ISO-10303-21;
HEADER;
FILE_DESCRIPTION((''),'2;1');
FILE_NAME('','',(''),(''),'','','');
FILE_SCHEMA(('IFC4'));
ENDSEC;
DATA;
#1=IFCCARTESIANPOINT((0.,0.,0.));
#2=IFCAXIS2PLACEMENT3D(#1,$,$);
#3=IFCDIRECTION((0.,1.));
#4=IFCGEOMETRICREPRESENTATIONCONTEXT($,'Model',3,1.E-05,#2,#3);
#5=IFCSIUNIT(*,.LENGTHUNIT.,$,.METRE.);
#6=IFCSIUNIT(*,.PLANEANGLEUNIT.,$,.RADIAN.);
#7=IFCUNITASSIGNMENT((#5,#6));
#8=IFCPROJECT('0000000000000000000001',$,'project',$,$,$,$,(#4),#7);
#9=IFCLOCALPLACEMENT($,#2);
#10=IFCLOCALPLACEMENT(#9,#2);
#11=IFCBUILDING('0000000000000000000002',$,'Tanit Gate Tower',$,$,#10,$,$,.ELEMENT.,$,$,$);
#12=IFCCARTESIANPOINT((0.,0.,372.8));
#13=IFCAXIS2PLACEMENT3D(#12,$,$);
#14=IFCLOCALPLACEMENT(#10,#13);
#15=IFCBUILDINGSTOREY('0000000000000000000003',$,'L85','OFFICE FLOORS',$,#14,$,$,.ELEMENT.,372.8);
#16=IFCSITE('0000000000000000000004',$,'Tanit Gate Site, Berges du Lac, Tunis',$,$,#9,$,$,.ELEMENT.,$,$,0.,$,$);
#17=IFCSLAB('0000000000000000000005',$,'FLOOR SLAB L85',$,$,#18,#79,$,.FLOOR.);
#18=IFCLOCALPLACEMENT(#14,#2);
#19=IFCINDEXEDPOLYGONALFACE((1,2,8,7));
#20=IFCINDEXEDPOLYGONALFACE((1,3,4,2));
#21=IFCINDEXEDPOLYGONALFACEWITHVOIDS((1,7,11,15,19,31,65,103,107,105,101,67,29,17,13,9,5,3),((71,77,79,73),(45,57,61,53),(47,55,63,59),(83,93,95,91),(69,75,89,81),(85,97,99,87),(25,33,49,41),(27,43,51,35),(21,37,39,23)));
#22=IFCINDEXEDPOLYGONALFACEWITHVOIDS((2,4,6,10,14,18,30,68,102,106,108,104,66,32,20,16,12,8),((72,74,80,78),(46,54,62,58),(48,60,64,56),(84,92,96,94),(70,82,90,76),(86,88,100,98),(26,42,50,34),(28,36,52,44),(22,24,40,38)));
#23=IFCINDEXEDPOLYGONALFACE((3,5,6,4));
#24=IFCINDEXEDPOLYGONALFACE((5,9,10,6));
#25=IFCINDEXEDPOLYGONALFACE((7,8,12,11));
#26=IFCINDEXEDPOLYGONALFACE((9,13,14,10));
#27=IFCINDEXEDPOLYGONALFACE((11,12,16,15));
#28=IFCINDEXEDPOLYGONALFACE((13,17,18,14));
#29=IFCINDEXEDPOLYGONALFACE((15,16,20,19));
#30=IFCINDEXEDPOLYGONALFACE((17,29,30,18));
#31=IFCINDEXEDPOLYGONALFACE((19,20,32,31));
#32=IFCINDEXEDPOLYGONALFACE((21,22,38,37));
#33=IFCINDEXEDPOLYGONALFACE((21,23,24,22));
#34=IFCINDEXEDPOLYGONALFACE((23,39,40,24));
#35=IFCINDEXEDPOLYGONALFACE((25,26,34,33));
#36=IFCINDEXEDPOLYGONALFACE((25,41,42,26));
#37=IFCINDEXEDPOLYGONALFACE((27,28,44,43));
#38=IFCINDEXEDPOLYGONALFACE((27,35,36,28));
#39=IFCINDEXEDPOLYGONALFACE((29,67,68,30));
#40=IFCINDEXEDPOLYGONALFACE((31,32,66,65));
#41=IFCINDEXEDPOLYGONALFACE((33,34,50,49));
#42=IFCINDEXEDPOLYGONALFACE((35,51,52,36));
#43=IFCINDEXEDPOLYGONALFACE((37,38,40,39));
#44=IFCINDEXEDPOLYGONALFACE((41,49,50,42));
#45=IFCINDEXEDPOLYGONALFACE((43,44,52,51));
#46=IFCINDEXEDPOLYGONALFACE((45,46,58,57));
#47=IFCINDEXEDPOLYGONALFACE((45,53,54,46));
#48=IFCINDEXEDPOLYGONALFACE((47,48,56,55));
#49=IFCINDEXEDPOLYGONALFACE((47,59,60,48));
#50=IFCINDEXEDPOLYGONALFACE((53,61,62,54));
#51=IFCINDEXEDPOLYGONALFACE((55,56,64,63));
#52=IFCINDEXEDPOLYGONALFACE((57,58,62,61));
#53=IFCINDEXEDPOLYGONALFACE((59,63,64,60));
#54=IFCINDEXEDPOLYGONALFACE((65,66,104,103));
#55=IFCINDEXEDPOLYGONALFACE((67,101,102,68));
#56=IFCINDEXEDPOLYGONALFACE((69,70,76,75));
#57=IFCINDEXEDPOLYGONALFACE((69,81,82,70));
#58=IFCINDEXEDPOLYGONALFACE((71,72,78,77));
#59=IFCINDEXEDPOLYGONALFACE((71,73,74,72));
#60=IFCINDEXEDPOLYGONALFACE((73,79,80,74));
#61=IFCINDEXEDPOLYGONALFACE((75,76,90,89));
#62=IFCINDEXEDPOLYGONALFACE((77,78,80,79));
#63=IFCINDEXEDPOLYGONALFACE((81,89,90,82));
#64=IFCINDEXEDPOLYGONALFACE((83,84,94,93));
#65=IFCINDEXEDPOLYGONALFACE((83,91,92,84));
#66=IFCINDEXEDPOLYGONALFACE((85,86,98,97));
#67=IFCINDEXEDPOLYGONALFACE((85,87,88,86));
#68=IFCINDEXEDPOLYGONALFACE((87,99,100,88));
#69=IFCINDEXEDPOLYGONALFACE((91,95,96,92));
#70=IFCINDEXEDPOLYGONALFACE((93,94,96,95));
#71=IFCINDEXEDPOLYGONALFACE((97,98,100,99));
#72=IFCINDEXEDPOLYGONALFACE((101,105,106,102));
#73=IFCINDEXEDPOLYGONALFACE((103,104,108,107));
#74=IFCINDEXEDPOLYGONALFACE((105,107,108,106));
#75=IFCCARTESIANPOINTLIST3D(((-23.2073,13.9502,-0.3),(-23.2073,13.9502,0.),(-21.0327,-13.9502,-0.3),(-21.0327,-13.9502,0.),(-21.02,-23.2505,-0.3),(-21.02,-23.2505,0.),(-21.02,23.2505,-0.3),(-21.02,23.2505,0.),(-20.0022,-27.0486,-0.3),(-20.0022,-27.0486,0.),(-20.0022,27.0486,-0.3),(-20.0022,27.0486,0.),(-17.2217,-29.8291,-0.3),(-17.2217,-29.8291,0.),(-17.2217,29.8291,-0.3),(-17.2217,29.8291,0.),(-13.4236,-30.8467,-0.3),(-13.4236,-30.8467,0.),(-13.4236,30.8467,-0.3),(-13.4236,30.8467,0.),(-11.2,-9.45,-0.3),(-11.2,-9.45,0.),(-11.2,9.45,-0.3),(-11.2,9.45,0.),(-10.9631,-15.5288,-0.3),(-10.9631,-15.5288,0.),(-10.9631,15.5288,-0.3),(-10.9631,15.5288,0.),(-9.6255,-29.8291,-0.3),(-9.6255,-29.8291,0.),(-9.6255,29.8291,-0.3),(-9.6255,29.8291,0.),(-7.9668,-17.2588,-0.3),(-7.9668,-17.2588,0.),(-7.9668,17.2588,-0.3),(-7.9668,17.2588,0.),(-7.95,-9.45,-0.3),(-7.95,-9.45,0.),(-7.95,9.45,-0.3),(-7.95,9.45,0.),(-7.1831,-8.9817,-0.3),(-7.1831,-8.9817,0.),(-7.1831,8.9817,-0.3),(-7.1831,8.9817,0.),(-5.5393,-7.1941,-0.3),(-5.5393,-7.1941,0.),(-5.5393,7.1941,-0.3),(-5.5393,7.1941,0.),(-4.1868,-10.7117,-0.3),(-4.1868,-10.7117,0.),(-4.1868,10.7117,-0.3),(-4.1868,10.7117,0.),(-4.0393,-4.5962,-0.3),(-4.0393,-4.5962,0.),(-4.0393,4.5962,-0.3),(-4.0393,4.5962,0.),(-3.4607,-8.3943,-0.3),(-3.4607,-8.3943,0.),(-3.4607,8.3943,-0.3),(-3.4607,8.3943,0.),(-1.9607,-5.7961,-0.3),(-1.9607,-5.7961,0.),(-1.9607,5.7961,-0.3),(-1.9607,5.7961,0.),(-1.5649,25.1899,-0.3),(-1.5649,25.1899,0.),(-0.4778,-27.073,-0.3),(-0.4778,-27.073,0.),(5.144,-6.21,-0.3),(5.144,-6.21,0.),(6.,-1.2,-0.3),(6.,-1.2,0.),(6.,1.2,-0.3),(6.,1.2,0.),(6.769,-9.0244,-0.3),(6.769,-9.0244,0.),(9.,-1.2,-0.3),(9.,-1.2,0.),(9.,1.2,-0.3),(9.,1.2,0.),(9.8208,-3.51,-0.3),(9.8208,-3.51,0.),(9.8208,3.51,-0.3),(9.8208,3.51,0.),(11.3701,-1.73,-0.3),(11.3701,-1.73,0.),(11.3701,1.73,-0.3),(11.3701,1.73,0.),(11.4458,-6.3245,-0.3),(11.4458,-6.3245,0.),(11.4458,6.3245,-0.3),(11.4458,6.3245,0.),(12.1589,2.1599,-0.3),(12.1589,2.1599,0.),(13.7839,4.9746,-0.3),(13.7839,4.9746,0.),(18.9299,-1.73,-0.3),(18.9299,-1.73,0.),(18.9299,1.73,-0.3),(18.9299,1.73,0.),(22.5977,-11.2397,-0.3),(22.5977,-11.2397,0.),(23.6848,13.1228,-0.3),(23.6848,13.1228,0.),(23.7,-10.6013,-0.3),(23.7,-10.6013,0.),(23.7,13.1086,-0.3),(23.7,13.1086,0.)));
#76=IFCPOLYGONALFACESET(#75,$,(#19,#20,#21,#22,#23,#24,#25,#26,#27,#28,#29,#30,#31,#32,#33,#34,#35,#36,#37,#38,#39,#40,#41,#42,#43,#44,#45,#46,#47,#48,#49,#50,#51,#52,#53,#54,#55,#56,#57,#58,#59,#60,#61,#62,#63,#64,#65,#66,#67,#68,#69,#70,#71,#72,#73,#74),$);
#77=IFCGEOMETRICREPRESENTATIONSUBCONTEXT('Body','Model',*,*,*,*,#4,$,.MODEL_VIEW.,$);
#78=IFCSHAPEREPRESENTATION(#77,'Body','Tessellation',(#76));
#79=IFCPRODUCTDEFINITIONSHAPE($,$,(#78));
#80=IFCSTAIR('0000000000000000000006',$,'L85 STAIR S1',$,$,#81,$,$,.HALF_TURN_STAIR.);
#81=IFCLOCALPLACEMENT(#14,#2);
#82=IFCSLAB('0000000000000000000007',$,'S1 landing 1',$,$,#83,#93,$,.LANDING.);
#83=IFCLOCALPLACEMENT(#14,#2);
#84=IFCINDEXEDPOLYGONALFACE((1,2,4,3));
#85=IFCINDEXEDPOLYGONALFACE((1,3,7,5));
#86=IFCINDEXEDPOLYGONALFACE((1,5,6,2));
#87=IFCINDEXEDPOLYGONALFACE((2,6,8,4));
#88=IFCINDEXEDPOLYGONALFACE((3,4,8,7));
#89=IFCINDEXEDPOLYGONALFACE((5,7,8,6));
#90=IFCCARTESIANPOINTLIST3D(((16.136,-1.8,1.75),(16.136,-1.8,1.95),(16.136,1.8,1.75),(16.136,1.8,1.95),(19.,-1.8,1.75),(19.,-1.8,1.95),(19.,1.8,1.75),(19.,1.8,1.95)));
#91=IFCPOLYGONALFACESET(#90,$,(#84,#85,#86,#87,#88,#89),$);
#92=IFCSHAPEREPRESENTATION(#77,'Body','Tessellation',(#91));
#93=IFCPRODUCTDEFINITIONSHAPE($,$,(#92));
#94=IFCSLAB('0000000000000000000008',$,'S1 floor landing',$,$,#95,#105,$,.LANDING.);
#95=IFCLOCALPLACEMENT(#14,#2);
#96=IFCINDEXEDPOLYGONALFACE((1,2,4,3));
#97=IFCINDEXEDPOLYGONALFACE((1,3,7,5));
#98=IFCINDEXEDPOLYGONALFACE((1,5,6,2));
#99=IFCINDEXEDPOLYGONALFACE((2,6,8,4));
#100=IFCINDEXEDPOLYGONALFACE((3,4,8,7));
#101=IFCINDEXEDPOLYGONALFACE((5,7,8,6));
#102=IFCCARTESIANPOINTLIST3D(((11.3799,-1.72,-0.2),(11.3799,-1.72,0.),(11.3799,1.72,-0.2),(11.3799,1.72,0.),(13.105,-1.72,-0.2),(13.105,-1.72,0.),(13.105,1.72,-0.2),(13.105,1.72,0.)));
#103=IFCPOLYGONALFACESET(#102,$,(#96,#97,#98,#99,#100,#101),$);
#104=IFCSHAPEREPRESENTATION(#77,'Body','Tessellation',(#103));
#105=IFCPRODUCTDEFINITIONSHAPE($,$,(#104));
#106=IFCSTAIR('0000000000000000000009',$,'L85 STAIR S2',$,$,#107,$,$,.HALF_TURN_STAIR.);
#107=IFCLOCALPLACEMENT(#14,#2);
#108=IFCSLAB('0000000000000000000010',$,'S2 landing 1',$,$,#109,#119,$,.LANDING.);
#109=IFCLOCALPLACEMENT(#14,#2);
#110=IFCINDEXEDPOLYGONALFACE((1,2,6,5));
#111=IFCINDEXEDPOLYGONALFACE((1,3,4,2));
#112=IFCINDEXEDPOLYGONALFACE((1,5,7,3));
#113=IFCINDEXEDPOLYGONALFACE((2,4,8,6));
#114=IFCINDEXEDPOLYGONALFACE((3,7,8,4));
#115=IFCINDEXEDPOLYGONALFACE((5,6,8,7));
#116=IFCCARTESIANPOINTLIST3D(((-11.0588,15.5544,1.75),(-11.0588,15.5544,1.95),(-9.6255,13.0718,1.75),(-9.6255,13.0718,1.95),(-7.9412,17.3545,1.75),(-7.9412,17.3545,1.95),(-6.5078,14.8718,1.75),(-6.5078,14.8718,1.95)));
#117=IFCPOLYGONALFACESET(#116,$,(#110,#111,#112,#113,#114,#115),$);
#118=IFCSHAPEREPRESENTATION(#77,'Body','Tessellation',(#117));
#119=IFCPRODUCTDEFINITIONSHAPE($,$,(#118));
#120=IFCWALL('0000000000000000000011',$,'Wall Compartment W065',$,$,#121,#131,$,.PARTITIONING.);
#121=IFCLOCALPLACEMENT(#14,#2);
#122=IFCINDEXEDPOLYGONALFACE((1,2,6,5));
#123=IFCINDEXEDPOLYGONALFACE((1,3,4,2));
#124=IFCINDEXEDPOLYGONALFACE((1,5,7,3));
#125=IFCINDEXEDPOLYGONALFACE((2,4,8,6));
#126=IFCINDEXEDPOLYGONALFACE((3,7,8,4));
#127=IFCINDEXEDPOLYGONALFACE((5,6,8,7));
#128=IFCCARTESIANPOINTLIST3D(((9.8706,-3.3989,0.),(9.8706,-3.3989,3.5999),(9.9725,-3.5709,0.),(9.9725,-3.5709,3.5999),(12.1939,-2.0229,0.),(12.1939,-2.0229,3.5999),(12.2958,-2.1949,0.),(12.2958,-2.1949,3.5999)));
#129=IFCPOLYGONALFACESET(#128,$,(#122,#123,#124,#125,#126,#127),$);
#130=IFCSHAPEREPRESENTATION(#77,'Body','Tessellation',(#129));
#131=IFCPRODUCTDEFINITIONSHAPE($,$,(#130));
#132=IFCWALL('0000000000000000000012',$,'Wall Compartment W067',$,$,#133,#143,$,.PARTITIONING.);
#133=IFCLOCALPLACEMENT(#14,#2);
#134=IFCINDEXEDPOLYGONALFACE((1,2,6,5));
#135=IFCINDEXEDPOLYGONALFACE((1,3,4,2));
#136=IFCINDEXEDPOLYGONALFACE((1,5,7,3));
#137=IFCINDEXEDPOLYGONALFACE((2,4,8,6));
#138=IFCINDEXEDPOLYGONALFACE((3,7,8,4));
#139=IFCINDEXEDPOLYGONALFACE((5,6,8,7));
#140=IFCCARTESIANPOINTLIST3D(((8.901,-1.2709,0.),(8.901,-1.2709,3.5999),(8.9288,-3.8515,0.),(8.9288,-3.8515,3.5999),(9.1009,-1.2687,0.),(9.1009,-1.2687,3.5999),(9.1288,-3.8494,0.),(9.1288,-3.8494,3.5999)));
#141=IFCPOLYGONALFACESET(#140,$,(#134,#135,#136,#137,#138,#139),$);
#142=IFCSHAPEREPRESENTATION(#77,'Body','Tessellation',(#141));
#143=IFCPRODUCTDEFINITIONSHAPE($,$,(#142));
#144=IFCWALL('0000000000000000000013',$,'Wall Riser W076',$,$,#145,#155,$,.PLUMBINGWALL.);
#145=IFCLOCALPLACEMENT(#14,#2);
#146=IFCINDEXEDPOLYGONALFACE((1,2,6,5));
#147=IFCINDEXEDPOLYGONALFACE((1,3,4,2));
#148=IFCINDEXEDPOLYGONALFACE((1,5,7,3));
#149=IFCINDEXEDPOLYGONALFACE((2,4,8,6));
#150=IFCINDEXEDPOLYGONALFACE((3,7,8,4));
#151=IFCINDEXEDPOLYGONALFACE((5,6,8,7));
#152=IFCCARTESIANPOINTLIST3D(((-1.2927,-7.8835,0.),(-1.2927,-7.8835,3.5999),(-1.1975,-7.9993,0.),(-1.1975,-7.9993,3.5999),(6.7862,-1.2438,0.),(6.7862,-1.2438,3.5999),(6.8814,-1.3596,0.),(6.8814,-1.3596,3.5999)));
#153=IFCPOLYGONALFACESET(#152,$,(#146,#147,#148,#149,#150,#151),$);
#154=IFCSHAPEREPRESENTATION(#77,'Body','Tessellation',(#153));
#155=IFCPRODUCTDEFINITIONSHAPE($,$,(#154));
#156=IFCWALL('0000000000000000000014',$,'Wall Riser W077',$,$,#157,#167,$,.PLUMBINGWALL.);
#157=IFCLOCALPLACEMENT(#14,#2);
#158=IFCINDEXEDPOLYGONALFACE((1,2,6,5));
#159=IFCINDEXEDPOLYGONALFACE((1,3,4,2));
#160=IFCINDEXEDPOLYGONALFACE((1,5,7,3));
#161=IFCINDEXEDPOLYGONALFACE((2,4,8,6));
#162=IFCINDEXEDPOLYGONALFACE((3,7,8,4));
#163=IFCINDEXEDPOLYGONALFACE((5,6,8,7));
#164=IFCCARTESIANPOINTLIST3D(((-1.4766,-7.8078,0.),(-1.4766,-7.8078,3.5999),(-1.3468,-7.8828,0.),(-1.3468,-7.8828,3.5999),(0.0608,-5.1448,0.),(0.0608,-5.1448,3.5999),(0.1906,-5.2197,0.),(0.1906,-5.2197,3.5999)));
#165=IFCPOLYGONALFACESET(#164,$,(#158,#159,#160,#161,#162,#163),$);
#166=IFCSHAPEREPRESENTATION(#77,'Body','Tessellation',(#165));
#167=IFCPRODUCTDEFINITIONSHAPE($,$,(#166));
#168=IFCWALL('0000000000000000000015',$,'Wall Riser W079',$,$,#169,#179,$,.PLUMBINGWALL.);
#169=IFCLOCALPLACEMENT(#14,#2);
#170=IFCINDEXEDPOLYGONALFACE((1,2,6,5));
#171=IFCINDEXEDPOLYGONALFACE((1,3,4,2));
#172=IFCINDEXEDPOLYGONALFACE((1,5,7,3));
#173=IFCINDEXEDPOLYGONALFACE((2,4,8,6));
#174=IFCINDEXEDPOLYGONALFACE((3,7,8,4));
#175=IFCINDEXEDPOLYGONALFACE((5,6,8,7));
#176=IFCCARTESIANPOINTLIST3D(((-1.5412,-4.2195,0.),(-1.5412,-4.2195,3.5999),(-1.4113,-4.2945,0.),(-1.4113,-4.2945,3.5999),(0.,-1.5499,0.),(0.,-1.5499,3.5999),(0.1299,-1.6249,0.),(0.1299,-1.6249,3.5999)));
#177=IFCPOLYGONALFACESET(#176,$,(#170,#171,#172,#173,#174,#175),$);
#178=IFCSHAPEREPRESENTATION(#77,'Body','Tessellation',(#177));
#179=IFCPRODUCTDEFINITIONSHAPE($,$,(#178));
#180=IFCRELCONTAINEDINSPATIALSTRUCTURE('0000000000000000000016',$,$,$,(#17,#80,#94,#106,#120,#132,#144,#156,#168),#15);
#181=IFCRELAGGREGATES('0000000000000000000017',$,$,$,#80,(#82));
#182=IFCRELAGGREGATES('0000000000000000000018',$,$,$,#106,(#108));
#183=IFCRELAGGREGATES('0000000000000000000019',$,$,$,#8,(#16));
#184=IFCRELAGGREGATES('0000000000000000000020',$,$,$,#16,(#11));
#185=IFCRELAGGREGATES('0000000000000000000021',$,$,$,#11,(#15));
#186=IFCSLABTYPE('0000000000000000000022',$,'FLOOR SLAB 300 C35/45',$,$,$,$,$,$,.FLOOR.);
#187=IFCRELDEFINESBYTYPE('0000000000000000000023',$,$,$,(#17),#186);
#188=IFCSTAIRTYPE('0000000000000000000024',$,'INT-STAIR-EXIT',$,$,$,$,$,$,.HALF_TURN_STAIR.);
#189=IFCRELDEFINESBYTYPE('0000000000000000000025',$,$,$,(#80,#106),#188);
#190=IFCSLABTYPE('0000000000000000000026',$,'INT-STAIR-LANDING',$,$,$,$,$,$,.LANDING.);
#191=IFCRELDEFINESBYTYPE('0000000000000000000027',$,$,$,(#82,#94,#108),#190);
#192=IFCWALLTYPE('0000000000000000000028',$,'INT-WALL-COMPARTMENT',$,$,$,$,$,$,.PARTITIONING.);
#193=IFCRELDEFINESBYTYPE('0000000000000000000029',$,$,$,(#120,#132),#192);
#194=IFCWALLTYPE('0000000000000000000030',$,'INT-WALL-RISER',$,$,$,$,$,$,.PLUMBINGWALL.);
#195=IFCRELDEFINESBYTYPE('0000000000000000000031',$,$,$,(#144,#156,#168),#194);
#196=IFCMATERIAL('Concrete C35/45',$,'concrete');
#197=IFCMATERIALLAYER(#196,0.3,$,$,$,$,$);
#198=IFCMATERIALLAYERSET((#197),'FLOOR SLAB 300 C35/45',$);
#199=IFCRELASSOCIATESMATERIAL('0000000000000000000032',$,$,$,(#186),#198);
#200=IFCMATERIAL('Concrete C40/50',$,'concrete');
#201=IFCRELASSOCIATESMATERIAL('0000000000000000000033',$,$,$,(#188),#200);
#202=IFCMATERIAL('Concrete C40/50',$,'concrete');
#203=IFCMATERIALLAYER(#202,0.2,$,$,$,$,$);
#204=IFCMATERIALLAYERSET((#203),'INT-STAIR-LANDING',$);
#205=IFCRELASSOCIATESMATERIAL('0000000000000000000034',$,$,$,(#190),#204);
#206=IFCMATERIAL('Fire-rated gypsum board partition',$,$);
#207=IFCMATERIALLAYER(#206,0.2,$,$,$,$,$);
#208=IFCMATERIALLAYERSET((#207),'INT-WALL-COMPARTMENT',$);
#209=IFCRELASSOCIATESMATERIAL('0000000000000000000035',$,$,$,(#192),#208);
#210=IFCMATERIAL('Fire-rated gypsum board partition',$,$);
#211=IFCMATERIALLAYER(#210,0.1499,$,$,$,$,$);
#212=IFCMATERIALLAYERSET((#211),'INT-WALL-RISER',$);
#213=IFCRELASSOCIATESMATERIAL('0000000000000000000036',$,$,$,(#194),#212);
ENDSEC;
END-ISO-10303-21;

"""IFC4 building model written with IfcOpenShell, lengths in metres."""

from ifc_helpers import new_model, si_unit, direction, frame, frame_2d, origin, place, context, subcontext, project, spatial, polyline, rectangle, outline, extrude, material, layer, layer_set, type_object, element, aggregate, save


model = new_model("IFC4")

# Units and contexts
model_context = context("Model", 3, precision=1e-05, world=origin(), true_north=direction((0.0, 1.0)))
body_context = subcontext(model_context, "Body", "Model", "MODEL_VIEW")
ifc_project = project(units=[si_unit("LENGTHUNIT", "METRE"), si_unit("PLANEANGLEUNIT", "RADIAN")], contexts=[model_context])

# Site, building, storey
site_placement = place(None, origin())
site = spatial("IfcSite", under=ifc_project, at=site_placement, Name="Tanit Gate Site, Berges du Lac, Tunis", CompositionType="ELEMENT", RefElevation=0.0)
building_placement = place(site_placement, origin())
building = spatial("IfcBuilding", under=site, at=building_placement, Name="Tanit Gate Tower", CompositionType="ELEMENT")
storey_placement = place(building_placement, frame((0.0, 0.0, 372.8)))
storey = spatial("IfcBuildingStorey", under=building, at=storey_placement, Name="L85", Description="OFFICE FLOORS", CompositionType="ELEMENT", Elevation=372.8)

# Slab
ifc_material_1 = material(Name="Concrete C35/45", Category="concrete")
ifc_layer_1 = layer(ifc_material_1, 0.3)
ifc_layer_set_1 = layer_set([ifc_layer_1], Name="FLOOR SLAB 300 C35/45")
slab_type_1 = type_object("IfcSlabType", Name="FLOOR SLAB 300 C35/45", PredefinedType="FLOOR", material=ifc_layer_set_1)
slab_1_placement = place(storey_placement, frame((0.0, 0.0, -0.3)))
element("IfcSlab", 1, at=slab_1_placement, inside=storey, type_object=slab_type_1, Name="FLOOR SLAB L85", PredefinedType="FLOOR", context=body_context, shape_type="SweptSolid", body=[
    extrude(outline(polyline([(22.5977, -11.2397), (-0.4778, -27.073), (-9.6255, -29.8291), (-13.4236, -30.8467), (-17.2217, -29.8291), (-20.0022, -27.0486), (-21.02, -23.2505), (-21.0327, -13.9502), (-23.2073, 13.9502), (-21.02, 23.2505), (-20.0022, 27.0486), (-17.2217, 29.8291), (-13.4236, 30.8467), (-9.6255, 29.8291), (-1.5649, 25.1899), (23.6848, 13.1228), (30.6455, 6.5786), (23.7, 13.1086), (23.7, -10.6013), (30.6455, -6.5786), (22.5977, -11.2397)]), holes=[polyline([(11.3701, 1.73), (18.9299, 1.73), (18.9299, -1.73), (11.3701, -1.73), (11.3701, 1.73)]), polyline([(12.1589, 2.1599), (9.8208, 3.51), (11.4458, 6.3245), (13.7839, 4.9746), (12.1589, 2.1599)]), polyline([(11.4458, -6.3245), (6.769, -9.0244), (5.144, -6.21), (9.8208, -3.51), (11.4458, -6.3245)]), polyline([(6.0, 1.2), (9.0, 1.2), (9.0, -1.2), (6.0, -1.2), (6.0, 1.2)]), polyline([(-4.0393, 4.5962), (-5.5393, 7.1941), (-3.4607, 8.3943), (-1.9607, 5.7961), (-4.0393, 4.5962)]), polyline([(-1.9607, -5.7961), (-3.4607, -8.3943), (-5.5393, -7.1941), (-4.0393, -4.5962), (-1.9607, -5.7961)]), polyline([(-7.1831, 8.9817), (-10.9631, 15.5288), (-7.9668, 17.2588), (-4.1868, 10.7117), (-7.1831, 8.9817)]), polyline([(-4.1868, -10.7117), (-7.9668, -17.2588), (-10.9631, -15.5288), (-7.1831, -8.9817), (-4.1868, -10.7117)]), polyline([(-11.2, -9.45), (-11.2, 9.45), (-7.95, 9.45), (-7.95, -9.45), (-11.2, -9.45)])]), origin(), (0.0, 0.0, 1.0), 0.3),
])

# Stair, slab
ifc_material_2 = material(Name="Concrete C40/50", Category="concrete")
stair_type = type_object("IfcStairType", Name="INT-STAIR-EXIT", PredefinedType="HALF_TURN_STAIR", material=ifc_material_2)
stair_1_placement = place(storey_placement, origin())
stair_1 = element("IfcStair", 2, at=stair_1_placement, inside=storey, type_object=stair_type, Name="L85 STAIR S1", PredefinedType="HALF_TURN_STAIR")
ifc_material_3 = material(Name="Concrete C40/50", Category="concrete")
ifc_layer_2 = layer(ifc_material_3, 0.2)
ifc_layer_set_2 = layer_set([ifc_layer_2], Name="INT-STAIR-LANDING")
slab_type_2 = type_object("IfcSlabType", Name="INT-STAIR-LANDING", PredefinedType="LANDING", material=ifc_layer_set_2)
slab_2_placement = place(storey_placement, frame((0.0, 0.0, 1.75)))
slab_2 = element("IfcSlab", 3, at=slab_2_placement, type_object=slab_type_2, Name="S1 landing 1", PredefinedType="LANDING", context=body_context, shape_type="SweptSolid", body=[
    extrude(outline(polyline([(16.136, -1.8), (19.0, -1.8), (19.0, 1.8), (16.136, 1.8), (16.136, -1.8)])), origin(), (0.0, 0.0, 1.0), 0.2),
])
aggregate(stair_1, [slab_2])

# Slab
slab_3_placement = place(storey_placement, frame((0.0, 0.0, -0.2)))
element("IfcSlab", 4, at=slab_3_placement, inside=storey, type_object=slab_type_2, Name="S1 floor landing", PredefinedType="LANDING", context=body_context, shape_type="SweptSolid", body=[
    extrude(outline(polyline([(11.3799, -1.72), (13.105, -1.72), (13.105, 1.72), (11.3799, 1.72), (11.3799, -1.72)])), origin(), (0.0, 0.0, 1.0), 0.2),
])

# Stair, slab
stair_2_placement = place(storey_placement, origin())
stair_2 = element("IfcStair", 5, at=stair_2_placement, inside=storey, type_object=stair_type, Name="L85 STAIR S2", PredefinedType="HALF_TURN_STAIR")
slab_4_placement = place(storey_placement, frame((0.0, 0.0, 1.75)))
slab_4 = element("IfcSlab", 6, at=slab_4_placement, type_object=slab_type_2, Name="S2 landing 1", PredefinedType="LANDING", context=body_context, shape_type="SweptSolid", body=[
    extrude(outline(polyline([(-6.5078, 14.8718), (-7.9412, 17.3545), (-11.0588, 15.5544), (-9.6255, 13.0718), (-6.5078, 14.8718)])), origin(), (0.0, 0.0, 1.0), 0.2),
])
aggregate(stair_2, [slab_4])

# Walls
ifc_material_4 = material(Name="Fire-rated gypsum board partition")
ifc_layer_3 = layer(ifc_material_4, 0.2)
ifc_layer_set_3 = layer_set([ifc_layer_3], Name="INT-WALL-COMPARTMENT")
wall_type_1 = type_object("IfcWallType", Name="INT-WALL-COMPARTMENT", PredefinedType="PARTITIONING", material=ifc_layer_set_3)
wall_1_placement = place(storey_placement, frame((12.2449, -2.1089, 0.0), z_axis=(0.0, 0.0, 1.0), x_axis=(-0.860415, -0.509594, 0.0)))
element("IfcWall", 7, at=wall_1_placement, inside=storey, type_object=wall_type_1, Name="Wall Compartment W065", PredefinedType="PARTITIONING", context=body_context, shape_type="SweptSolid", body=[
    extrude(rectangle(XDim=2.7002, YDim=0.2, at=frame_2d((1.3501, 0.0))), origin(), (0.0, 0.0, 1.0), 3.5999),
])
wall_2_placement = place(storey_placement, frame((9.0288, -3.8506, 0.0), z_axis=(0.0, 0.0, 1.0), x_axis=(-0.010785, 0.999942, 0.0)))
element("IfcWall", 8, at=wall_2_placement, inside=storey, type_object=wall_type_1, Name="Wall Compartment W067", PredefinedType="PARTITIONING", context=body_context, shape_type="SweptSolid", body=[
    extrude(rectangle(XDim=2.5808, YDim=0.2, at=frame_2d((1.2905, 0.0))), origin(), (0.0, 0.0, 1.0), 3.5999),
])
ifc_material_5 = material(Name="Fire-rated gypsum board partition")
ifc_layer_4 = layer(ifc_material_5, 0.1499)
ifc_layer_set_4 = layer_set([ifc_layer_4], Name="INT-WALL-RISER")
wall_type_2 = type_object("IfcWallType", Name="INT-WALL-RISER", PredefinedType="PLUMBINGWALL", material=ifc_layer_set_4)
wall_3_placement = place(storey_placement, frame((6.8337, -1.3018, 0.0), z_axis=(0.0, 0.0, 1.0), x_axis=(-0.772565, -0.634936, 0.0)))
element("IfcWall", 9, at=wall_3_placement, inside=storey, type_object=wall_type_2, Name="Wall Riser W076", PredefinedType="PLUMBINGWALL", context=body_context, shape_type="SweptSolid", body=[
    extrude(rectangle(XDim=10.4573, YDim=0.1499, at=frame_2d((5.2285, 0.0))), origin(), (0.0, 0.0, 1.0), 3.5999),
])
wall_4_placement = place(storey_placement, frame((0.1257, -5.1821, 0.0), z_axis=(0.0, 0.0, 1.0), x_axis=(-0.499956, -0.866051, 0.0)))
element("IfcWall", 10, at=wall_4_placement, inside=storey, type_object=wall_type_2, Name="Wall Riser W077", PredefinedType="PLUMBINGWALL", context=body_context, shape_type="SweptSolid", body=[
    extrude(rectangle(XDim=3.075, YDim=0.1499, at=frame_2d((1.5376, 0.0))), origin(), (0.0, 0.0, 1.0), 3.5999),
])
wall_5_placement = place(storey_placement, frame((0.0649, -1.5874, 0.0), z_axis=(0.0, 0.0, 1.0), x_axis=(-0.499981, -0.866037, 0.0)))
element("IfcWall", 11, at=wall_5_placement, inside=storey, type_object=wall_type_2, Name="Wall Riser W079", PredefinedType="PLUMBINGWALL", context=body_context, shape_type="SweptSolid", body=[
    extrude(rectangle(XDim=3.0825, YDim=0.1499, at=frame_2d((1.5413, 0.0))), origin(), (0.0, 0.0, 1.0), 3.5999),
])

save(model, "model.ifc")
